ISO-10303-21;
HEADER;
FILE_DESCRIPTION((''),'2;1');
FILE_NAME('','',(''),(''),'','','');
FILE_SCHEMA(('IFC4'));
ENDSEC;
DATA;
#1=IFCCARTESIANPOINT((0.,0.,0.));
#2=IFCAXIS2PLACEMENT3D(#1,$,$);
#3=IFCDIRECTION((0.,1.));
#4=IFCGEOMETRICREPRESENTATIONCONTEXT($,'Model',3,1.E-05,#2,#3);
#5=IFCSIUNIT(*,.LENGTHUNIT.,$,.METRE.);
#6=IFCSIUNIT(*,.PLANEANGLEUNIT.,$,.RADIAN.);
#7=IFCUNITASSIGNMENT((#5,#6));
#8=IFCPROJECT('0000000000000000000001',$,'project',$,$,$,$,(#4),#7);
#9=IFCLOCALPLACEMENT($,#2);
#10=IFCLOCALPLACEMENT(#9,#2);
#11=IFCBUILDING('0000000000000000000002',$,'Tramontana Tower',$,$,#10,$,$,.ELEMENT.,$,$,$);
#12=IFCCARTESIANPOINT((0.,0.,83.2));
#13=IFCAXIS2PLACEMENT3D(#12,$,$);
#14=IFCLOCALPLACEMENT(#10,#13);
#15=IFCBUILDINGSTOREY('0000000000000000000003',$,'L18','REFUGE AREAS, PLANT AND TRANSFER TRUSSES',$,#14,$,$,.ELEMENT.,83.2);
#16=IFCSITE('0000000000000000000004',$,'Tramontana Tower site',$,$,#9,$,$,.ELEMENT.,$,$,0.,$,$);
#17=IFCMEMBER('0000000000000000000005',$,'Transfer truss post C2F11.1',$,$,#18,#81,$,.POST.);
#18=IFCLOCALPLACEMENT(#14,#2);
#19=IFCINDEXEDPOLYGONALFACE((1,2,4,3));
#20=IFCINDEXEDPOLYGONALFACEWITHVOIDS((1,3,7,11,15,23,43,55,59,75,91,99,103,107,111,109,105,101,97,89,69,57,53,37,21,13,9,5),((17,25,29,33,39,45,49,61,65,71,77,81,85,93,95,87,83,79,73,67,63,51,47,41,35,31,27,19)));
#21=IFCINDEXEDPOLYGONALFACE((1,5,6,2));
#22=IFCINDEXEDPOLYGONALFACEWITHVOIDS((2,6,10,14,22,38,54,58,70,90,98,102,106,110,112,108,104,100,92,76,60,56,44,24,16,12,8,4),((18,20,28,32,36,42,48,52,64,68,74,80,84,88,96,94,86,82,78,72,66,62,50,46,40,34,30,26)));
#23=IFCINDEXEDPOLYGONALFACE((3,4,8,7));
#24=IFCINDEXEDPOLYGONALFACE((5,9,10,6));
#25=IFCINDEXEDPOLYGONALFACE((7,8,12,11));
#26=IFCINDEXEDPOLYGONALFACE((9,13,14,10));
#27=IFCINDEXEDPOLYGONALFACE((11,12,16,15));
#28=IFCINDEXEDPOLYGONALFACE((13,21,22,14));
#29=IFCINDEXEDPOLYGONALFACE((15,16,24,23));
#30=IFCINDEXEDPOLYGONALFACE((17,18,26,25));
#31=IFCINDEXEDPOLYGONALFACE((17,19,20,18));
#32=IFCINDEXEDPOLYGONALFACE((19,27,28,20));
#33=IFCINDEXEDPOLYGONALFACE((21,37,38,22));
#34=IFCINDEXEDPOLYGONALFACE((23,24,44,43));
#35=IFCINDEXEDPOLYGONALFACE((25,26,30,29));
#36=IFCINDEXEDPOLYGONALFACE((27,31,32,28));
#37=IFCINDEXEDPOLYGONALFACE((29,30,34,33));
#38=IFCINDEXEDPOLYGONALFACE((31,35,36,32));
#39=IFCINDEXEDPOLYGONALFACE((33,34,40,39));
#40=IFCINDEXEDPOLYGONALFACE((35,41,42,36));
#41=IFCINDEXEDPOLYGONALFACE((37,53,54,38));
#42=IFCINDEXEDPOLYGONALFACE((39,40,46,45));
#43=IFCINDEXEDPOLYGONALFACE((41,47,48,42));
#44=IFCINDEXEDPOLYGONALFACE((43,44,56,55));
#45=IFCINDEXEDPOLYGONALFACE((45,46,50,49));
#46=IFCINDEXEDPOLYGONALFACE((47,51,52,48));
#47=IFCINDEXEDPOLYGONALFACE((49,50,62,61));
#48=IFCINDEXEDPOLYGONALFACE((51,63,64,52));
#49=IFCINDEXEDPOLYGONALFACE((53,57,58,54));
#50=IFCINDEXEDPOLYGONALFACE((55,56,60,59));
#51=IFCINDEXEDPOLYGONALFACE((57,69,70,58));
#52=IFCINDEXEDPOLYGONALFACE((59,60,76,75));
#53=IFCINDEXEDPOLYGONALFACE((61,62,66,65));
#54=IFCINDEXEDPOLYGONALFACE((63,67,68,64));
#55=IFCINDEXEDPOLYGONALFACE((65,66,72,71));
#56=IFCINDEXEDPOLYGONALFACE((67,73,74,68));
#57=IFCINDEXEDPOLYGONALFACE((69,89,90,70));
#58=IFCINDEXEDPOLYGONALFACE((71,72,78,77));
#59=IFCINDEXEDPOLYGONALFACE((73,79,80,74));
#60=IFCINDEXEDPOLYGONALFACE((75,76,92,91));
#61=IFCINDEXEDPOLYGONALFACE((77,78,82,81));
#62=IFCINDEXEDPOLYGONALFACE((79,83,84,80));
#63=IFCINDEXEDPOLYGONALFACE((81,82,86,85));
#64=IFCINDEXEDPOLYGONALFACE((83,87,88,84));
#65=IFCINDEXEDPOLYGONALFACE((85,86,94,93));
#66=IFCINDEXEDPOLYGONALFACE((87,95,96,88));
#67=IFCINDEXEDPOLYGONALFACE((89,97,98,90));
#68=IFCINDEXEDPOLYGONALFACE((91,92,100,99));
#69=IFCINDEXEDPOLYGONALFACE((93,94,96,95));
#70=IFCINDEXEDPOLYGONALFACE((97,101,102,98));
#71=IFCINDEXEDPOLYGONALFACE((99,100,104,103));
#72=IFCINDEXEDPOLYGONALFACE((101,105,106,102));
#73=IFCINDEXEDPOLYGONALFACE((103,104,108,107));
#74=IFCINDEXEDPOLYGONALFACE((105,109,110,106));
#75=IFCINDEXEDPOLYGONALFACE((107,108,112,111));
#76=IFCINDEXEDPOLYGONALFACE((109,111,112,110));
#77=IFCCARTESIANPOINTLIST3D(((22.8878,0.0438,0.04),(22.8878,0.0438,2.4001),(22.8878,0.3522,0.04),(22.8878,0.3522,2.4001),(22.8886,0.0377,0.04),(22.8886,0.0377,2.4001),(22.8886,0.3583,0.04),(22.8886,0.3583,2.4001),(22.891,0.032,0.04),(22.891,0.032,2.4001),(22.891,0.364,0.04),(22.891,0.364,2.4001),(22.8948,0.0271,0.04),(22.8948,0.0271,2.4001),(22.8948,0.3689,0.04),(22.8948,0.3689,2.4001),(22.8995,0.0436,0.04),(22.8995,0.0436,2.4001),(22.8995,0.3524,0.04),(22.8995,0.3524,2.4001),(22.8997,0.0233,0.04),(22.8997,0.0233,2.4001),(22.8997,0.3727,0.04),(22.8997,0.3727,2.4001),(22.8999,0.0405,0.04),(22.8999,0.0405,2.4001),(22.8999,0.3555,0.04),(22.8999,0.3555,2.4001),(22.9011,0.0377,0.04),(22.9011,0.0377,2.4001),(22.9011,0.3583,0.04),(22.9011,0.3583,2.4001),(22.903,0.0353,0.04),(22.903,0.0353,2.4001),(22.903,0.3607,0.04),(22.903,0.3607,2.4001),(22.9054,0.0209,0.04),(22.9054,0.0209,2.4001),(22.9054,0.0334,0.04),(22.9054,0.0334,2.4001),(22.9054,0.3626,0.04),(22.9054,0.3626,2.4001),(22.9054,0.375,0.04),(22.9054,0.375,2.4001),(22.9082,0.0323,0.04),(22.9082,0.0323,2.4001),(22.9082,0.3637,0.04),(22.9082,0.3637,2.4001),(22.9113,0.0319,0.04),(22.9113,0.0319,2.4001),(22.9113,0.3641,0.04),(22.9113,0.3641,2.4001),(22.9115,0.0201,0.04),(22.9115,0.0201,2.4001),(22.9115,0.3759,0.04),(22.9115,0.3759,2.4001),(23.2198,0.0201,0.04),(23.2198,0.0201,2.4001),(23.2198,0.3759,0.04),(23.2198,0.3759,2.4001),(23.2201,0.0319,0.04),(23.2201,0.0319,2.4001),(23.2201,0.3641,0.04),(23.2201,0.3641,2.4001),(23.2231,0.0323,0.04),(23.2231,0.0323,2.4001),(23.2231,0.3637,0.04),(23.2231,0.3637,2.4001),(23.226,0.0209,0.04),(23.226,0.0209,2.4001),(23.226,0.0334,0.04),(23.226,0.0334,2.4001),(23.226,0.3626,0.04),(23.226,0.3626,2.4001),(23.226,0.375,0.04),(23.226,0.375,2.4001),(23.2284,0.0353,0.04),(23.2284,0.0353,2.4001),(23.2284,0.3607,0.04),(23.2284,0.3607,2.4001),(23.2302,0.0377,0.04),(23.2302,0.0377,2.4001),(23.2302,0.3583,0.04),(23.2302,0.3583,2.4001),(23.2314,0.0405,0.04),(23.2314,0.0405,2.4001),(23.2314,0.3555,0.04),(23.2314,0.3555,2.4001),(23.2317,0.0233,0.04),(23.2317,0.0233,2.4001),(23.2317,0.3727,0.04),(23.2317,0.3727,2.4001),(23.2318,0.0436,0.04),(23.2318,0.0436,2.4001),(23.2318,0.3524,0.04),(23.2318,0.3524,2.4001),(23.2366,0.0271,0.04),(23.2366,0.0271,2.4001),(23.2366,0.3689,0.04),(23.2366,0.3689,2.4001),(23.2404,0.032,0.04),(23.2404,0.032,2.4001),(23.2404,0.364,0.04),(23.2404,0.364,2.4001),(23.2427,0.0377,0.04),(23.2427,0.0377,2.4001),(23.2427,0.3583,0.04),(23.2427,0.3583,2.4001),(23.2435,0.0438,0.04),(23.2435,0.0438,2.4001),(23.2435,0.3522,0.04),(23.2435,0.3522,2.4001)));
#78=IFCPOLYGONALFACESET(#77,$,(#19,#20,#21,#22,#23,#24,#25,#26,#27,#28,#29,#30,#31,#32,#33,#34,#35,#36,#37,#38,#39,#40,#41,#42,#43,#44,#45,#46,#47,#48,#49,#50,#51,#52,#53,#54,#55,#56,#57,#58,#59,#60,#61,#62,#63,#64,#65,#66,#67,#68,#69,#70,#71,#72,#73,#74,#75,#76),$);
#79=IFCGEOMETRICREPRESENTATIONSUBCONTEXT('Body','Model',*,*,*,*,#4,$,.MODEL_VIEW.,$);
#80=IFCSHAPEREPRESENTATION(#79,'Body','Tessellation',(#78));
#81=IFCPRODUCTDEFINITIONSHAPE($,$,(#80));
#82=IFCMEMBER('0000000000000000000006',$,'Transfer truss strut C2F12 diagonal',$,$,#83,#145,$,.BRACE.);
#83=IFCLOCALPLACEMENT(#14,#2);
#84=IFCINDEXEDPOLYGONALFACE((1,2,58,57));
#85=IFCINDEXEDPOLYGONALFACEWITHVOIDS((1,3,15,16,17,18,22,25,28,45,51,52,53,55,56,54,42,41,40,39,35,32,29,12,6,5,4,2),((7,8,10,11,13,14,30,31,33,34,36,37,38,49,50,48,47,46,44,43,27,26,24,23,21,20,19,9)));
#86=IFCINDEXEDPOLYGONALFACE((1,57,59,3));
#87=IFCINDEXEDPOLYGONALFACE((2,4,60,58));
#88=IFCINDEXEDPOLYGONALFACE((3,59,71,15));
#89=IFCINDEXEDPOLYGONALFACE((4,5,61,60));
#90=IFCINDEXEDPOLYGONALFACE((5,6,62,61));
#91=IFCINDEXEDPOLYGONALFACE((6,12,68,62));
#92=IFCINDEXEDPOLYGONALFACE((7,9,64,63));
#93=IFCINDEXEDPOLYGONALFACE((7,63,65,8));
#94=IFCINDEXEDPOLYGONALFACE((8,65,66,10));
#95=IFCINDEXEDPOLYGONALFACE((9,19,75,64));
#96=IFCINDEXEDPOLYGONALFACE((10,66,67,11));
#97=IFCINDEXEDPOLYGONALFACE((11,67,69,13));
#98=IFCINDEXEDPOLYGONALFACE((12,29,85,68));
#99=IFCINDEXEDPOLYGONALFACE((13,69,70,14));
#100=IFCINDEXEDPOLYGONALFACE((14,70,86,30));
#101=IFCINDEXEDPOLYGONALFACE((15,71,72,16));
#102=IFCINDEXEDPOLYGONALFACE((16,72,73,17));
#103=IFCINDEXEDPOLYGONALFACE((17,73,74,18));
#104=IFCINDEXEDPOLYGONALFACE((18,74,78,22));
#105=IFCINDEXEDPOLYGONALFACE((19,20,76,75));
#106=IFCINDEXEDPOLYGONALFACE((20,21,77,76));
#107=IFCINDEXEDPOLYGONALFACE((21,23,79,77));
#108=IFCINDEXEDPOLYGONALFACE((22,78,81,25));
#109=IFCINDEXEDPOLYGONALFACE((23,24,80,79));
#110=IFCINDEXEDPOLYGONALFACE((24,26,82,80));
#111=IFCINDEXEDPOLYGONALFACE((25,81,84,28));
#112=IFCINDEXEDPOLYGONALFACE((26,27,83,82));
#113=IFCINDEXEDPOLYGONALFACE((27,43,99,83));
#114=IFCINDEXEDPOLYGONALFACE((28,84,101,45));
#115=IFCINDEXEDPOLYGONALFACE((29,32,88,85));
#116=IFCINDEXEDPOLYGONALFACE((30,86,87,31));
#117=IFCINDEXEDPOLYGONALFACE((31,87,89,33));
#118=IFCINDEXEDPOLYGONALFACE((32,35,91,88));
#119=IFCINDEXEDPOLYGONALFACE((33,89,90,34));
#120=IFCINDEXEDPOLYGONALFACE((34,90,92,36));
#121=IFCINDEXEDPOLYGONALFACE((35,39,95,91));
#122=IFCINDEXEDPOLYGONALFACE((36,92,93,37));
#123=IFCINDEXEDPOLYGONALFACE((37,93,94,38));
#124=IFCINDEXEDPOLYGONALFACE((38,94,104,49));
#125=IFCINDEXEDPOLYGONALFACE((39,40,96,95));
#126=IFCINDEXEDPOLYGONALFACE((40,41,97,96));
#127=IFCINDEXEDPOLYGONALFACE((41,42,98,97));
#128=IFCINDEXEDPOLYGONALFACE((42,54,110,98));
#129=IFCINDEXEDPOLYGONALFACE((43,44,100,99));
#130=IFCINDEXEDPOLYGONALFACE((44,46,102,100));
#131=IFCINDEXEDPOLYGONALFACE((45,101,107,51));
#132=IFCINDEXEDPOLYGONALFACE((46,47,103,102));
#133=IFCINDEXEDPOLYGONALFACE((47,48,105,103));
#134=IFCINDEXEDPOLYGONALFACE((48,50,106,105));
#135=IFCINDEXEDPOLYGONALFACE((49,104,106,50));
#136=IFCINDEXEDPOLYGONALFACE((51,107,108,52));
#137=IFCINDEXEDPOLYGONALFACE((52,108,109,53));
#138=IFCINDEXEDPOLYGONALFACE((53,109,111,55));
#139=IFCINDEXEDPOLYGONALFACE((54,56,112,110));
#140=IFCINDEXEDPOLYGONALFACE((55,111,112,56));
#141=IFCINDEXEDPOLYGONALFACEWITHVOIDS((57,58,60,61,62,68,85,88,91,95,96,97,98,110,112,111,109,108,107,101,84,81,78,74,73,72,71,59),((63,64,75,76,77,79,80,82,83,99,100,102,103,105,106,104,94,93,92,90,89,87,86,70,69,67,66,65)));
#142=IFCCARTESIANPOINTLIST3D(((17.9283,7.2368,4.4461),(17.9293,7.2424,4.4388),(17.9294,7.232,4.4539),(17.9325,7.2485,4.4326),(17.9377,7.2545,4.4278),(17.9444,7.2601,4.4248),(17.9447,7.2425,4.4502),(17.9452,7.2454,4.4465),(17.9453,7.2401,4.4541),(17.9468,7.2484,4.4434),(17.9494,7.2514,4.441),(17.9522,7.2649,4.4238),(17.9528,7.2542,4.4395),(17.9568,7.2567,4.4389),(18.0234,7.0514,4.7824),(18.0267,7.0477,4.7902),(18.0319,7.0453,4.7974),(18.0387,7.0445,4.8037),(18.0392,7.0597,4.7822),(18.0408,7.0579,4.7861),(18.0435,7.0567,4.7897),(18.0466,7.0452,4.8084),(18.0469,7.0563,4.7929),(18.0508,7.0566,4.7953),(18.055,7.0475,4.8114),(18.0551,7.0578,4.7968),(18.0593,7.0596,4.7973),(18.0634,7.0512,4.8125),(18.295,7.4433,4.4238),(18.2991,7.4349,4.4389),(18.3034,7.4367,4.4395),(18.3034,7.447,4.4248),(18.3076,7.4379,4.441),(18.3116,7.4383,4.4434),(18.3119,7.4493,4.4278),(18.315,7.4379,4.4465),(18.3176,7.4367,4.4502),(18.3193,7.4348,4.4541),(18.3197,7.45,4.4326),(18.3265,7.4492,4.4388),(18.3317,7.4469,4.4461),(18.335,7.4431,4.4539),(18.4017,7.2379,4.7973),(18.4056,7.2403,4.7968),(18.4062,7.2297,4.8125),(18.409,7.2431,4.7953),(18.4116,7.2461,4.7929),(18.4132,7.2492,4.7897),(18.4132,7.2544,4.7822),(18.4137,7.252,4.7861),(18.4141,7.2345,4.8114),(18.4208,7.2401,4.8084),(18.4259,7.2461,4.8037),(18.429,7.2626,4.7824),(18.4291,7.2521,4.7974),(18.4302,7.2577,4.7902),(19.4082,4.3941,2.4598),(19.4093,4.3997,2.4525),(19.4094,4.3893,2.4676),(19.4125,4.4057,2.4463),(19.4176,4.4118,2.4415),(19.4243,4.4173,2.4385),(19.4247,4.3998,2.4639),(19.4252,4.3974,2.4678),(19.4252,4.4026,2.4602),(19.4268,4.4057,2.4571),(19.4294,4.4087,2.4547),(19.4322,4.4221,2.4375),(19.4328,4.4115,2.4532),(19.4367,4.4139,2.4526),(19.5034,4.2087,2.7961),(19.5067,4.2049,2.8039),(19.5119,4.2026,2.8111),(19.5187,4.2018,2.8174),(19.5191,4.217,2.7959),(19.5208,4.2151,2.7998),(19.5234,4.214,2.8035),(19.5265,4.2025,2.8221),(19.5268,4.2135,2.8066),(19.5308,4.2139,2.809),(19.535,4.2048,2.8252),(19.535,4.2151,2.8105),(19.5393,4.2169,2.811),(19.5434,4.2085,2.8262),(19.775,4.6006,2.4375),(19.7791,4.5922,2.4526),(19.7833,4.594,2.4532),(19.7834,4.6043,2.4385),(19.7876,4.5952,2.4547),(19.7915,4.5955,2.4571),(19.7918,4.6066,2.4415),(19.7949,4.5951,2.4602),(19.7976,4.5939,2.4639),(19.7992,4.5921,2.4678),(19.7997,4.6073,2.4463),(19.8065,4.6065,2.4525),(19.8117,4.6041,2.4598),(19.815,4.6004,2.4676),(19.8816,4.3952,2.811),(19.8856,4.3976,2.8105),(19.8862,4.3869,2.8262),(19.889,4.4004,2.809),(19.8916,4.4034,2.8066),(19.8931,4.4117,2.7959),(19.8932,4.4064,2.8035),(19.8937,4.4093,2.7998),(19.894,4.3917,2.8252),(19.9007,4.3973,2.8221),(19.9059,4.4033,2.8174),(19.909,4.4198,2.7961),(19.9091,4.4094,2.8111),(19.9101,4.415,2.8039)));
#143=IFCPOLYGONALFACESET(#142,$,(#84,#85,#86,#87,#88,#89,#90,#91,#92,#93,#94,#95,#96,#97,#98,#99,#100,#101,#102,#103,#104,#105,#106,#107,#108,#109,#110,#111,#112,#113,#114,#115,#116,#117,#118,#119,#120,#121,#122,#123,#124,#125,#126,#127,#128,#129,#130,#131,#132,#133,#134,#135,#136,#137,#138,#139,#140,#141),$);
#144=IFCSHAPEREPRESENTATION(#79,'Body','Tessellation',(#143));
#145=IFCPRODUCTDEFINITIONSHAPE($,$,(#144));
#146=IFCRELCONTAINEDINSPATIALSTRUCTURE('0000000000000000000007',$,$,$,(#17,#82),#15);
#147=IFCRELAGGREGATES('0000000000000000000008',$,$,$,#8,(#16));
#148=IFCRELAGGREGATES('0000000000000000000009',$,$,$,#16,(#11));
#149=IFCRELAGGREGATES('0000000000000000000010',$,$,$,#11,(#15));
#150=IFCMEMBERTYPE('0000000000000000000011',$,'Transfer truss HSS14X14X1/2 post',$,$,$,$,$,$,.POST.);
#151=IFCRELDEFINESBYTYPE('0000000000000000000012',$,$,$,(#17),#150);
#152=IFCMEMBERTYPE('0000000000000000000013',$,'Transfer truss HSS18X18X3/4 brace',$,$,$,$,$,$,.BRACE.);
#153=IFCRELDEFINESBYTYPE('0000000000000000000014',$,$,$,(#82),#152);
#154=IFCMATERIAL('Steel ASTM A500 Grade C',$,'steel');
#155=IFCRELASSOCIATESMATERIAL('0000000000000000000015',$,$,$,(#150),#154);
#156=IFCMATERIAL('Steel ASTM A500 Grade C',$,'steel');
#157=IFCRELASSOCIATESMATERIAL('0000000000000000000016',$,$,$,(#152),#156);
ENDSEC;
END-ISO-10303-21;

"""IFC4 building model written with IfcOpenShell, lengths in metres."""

from ifc_helpers import new_model, si_unit, direction, frame, origin, origin_2d, place, context, subcontext, project, spatial, hollow_rectangle, extrude, material, material_profile, profile_set, type_object, element, save


model = new_model("IFC4")

# Units and contexts
model_context = context("Model", 3, precision=1e-05, world=origin(), true_north=direction((0.0, 1.0)))
body_context = subcontext(model_context, "Body", "Model", "MODEL_VIEW")
ifc_project = project(units=[si_unit("LENGTHUNIT", "METRE"), si_unit("PLANEANGLEUNIT", "RADIAN")], contexts=[model_context])

# Site, building, storey
site_placement = place(None, origin())
site = spatial("IfcSite", under=ifc_project, at=site_placement, Name="Tramontana Tower site", CompositionType="ELEMENT", RefElevation=0.0)
building_placement = place(site_placement, origin())
building = spatial("IfcBuilding", under=site, at=building_placement, Name="Tramontana Tower", CompositionType="ELEMENT")
storey_placement = place(building_placement, frame((0.0, 0.0, 83.2)))
storey = spatial("IfcBuildingStorey", under=building, at=storey_placement, Name="L18", Description="REFUGE AREAS, PLANT AND TRANSFER TRUSSES", CompositionType="ELEMENT", Elevation=83.2)

# Members
ifc_material_1 = material(Name="Steel ASTM A500 Grade C", Category="steel")
ifc_material_profile_1 = material_profile(ifc_material_1, hollow_rectangle(XDim=0.3557, YDim=0.3557, WallThickness=0.0117, InnerFilletRadius=0.0117, OuterFilletRadius=0.0237, at=origin_2d()), Name="HSS14X14X1/2")
ifc_profile_set_1 = profile_set([ifc_material_profile_1], Name="Steel ASTM A500 Grade C")
member_type_1 = type_object("IfcMemberType", Name="Transfer truss HSS14X14X1/2 post", PredefinedType="POST", material=ifc_profile_set_1)
member_1_placement = place(storey_placement, frame((23.0657, 0.198, 0.04), z_axis=(0.0, 0.0, 1.0), x_axis=(1.0, 0.0, 0.0)))
element("IfcMember", 1, at=member_1_placement, inside=storey, type_object=member_type_1, Name="Transfer truss post C2F11.1", PredefinedType="POST", context=body_context, shape_type="SweptSolid", body=[
    extrude(hollow_rectangle(XDim=0.3557, YDim=0.3557, WallThickness=0.0117, InnerFilletRadius=0.0117, OuterFilletRadius=0.0237, at=origin_2d()), origin(), (0.0, 0.0, 1.0), 2.3601),
])
ifc_material_2 = material(Name="Steel ASTM A500 Grade C", Category="steel")
ifc_material_profile_2 = material_profile(ifc_material_2, hollow_rectangle(XDim=0.4573, YDim=0.4573, WallThickness=0.0178, InnerFilletRadius=0.0178, OuterFilletRadius=0.0354, at=origin_2d()), Name="HSS18X18X3/4")
ifc_profile_set_2 = profile_set([ifc_material_profile_2], Name="Steel ASTM A500 Grade C")
member_type_2 = type_object("IfcMemberType", Name="Transfer truss HSS18X18X3/4 brace", PredefinedType="BRACE", material=ifc_profile_set_2)
member_2_placement = place(storey_placement, frame((19.6592, 4.4045, 2.6318), z_axis=(-0.392508, 0.753937, 0.526798), x_axis=(-0.886995, -0.46178, 0.0)))
element("IfcMember", 2, at=member_2_placement, inside=storey, type_object=member_type_2, Name="Transfer truss strut C2F12 diagonal", PredefinedType="BRACE", context=body_context, shape_type="SweptSolid", body=[
    extrude(hollow_rectangle(XDim=0.4573, YDim=0.4573, WallThickness=0.0178, InnerFilletRadius=0.0178, OuterFilletRadius=0.0354, at=origin_2d()), origin(), (0.0, 0.0, 1.0), 3.7705),
])

save(model, "model.ifc")
